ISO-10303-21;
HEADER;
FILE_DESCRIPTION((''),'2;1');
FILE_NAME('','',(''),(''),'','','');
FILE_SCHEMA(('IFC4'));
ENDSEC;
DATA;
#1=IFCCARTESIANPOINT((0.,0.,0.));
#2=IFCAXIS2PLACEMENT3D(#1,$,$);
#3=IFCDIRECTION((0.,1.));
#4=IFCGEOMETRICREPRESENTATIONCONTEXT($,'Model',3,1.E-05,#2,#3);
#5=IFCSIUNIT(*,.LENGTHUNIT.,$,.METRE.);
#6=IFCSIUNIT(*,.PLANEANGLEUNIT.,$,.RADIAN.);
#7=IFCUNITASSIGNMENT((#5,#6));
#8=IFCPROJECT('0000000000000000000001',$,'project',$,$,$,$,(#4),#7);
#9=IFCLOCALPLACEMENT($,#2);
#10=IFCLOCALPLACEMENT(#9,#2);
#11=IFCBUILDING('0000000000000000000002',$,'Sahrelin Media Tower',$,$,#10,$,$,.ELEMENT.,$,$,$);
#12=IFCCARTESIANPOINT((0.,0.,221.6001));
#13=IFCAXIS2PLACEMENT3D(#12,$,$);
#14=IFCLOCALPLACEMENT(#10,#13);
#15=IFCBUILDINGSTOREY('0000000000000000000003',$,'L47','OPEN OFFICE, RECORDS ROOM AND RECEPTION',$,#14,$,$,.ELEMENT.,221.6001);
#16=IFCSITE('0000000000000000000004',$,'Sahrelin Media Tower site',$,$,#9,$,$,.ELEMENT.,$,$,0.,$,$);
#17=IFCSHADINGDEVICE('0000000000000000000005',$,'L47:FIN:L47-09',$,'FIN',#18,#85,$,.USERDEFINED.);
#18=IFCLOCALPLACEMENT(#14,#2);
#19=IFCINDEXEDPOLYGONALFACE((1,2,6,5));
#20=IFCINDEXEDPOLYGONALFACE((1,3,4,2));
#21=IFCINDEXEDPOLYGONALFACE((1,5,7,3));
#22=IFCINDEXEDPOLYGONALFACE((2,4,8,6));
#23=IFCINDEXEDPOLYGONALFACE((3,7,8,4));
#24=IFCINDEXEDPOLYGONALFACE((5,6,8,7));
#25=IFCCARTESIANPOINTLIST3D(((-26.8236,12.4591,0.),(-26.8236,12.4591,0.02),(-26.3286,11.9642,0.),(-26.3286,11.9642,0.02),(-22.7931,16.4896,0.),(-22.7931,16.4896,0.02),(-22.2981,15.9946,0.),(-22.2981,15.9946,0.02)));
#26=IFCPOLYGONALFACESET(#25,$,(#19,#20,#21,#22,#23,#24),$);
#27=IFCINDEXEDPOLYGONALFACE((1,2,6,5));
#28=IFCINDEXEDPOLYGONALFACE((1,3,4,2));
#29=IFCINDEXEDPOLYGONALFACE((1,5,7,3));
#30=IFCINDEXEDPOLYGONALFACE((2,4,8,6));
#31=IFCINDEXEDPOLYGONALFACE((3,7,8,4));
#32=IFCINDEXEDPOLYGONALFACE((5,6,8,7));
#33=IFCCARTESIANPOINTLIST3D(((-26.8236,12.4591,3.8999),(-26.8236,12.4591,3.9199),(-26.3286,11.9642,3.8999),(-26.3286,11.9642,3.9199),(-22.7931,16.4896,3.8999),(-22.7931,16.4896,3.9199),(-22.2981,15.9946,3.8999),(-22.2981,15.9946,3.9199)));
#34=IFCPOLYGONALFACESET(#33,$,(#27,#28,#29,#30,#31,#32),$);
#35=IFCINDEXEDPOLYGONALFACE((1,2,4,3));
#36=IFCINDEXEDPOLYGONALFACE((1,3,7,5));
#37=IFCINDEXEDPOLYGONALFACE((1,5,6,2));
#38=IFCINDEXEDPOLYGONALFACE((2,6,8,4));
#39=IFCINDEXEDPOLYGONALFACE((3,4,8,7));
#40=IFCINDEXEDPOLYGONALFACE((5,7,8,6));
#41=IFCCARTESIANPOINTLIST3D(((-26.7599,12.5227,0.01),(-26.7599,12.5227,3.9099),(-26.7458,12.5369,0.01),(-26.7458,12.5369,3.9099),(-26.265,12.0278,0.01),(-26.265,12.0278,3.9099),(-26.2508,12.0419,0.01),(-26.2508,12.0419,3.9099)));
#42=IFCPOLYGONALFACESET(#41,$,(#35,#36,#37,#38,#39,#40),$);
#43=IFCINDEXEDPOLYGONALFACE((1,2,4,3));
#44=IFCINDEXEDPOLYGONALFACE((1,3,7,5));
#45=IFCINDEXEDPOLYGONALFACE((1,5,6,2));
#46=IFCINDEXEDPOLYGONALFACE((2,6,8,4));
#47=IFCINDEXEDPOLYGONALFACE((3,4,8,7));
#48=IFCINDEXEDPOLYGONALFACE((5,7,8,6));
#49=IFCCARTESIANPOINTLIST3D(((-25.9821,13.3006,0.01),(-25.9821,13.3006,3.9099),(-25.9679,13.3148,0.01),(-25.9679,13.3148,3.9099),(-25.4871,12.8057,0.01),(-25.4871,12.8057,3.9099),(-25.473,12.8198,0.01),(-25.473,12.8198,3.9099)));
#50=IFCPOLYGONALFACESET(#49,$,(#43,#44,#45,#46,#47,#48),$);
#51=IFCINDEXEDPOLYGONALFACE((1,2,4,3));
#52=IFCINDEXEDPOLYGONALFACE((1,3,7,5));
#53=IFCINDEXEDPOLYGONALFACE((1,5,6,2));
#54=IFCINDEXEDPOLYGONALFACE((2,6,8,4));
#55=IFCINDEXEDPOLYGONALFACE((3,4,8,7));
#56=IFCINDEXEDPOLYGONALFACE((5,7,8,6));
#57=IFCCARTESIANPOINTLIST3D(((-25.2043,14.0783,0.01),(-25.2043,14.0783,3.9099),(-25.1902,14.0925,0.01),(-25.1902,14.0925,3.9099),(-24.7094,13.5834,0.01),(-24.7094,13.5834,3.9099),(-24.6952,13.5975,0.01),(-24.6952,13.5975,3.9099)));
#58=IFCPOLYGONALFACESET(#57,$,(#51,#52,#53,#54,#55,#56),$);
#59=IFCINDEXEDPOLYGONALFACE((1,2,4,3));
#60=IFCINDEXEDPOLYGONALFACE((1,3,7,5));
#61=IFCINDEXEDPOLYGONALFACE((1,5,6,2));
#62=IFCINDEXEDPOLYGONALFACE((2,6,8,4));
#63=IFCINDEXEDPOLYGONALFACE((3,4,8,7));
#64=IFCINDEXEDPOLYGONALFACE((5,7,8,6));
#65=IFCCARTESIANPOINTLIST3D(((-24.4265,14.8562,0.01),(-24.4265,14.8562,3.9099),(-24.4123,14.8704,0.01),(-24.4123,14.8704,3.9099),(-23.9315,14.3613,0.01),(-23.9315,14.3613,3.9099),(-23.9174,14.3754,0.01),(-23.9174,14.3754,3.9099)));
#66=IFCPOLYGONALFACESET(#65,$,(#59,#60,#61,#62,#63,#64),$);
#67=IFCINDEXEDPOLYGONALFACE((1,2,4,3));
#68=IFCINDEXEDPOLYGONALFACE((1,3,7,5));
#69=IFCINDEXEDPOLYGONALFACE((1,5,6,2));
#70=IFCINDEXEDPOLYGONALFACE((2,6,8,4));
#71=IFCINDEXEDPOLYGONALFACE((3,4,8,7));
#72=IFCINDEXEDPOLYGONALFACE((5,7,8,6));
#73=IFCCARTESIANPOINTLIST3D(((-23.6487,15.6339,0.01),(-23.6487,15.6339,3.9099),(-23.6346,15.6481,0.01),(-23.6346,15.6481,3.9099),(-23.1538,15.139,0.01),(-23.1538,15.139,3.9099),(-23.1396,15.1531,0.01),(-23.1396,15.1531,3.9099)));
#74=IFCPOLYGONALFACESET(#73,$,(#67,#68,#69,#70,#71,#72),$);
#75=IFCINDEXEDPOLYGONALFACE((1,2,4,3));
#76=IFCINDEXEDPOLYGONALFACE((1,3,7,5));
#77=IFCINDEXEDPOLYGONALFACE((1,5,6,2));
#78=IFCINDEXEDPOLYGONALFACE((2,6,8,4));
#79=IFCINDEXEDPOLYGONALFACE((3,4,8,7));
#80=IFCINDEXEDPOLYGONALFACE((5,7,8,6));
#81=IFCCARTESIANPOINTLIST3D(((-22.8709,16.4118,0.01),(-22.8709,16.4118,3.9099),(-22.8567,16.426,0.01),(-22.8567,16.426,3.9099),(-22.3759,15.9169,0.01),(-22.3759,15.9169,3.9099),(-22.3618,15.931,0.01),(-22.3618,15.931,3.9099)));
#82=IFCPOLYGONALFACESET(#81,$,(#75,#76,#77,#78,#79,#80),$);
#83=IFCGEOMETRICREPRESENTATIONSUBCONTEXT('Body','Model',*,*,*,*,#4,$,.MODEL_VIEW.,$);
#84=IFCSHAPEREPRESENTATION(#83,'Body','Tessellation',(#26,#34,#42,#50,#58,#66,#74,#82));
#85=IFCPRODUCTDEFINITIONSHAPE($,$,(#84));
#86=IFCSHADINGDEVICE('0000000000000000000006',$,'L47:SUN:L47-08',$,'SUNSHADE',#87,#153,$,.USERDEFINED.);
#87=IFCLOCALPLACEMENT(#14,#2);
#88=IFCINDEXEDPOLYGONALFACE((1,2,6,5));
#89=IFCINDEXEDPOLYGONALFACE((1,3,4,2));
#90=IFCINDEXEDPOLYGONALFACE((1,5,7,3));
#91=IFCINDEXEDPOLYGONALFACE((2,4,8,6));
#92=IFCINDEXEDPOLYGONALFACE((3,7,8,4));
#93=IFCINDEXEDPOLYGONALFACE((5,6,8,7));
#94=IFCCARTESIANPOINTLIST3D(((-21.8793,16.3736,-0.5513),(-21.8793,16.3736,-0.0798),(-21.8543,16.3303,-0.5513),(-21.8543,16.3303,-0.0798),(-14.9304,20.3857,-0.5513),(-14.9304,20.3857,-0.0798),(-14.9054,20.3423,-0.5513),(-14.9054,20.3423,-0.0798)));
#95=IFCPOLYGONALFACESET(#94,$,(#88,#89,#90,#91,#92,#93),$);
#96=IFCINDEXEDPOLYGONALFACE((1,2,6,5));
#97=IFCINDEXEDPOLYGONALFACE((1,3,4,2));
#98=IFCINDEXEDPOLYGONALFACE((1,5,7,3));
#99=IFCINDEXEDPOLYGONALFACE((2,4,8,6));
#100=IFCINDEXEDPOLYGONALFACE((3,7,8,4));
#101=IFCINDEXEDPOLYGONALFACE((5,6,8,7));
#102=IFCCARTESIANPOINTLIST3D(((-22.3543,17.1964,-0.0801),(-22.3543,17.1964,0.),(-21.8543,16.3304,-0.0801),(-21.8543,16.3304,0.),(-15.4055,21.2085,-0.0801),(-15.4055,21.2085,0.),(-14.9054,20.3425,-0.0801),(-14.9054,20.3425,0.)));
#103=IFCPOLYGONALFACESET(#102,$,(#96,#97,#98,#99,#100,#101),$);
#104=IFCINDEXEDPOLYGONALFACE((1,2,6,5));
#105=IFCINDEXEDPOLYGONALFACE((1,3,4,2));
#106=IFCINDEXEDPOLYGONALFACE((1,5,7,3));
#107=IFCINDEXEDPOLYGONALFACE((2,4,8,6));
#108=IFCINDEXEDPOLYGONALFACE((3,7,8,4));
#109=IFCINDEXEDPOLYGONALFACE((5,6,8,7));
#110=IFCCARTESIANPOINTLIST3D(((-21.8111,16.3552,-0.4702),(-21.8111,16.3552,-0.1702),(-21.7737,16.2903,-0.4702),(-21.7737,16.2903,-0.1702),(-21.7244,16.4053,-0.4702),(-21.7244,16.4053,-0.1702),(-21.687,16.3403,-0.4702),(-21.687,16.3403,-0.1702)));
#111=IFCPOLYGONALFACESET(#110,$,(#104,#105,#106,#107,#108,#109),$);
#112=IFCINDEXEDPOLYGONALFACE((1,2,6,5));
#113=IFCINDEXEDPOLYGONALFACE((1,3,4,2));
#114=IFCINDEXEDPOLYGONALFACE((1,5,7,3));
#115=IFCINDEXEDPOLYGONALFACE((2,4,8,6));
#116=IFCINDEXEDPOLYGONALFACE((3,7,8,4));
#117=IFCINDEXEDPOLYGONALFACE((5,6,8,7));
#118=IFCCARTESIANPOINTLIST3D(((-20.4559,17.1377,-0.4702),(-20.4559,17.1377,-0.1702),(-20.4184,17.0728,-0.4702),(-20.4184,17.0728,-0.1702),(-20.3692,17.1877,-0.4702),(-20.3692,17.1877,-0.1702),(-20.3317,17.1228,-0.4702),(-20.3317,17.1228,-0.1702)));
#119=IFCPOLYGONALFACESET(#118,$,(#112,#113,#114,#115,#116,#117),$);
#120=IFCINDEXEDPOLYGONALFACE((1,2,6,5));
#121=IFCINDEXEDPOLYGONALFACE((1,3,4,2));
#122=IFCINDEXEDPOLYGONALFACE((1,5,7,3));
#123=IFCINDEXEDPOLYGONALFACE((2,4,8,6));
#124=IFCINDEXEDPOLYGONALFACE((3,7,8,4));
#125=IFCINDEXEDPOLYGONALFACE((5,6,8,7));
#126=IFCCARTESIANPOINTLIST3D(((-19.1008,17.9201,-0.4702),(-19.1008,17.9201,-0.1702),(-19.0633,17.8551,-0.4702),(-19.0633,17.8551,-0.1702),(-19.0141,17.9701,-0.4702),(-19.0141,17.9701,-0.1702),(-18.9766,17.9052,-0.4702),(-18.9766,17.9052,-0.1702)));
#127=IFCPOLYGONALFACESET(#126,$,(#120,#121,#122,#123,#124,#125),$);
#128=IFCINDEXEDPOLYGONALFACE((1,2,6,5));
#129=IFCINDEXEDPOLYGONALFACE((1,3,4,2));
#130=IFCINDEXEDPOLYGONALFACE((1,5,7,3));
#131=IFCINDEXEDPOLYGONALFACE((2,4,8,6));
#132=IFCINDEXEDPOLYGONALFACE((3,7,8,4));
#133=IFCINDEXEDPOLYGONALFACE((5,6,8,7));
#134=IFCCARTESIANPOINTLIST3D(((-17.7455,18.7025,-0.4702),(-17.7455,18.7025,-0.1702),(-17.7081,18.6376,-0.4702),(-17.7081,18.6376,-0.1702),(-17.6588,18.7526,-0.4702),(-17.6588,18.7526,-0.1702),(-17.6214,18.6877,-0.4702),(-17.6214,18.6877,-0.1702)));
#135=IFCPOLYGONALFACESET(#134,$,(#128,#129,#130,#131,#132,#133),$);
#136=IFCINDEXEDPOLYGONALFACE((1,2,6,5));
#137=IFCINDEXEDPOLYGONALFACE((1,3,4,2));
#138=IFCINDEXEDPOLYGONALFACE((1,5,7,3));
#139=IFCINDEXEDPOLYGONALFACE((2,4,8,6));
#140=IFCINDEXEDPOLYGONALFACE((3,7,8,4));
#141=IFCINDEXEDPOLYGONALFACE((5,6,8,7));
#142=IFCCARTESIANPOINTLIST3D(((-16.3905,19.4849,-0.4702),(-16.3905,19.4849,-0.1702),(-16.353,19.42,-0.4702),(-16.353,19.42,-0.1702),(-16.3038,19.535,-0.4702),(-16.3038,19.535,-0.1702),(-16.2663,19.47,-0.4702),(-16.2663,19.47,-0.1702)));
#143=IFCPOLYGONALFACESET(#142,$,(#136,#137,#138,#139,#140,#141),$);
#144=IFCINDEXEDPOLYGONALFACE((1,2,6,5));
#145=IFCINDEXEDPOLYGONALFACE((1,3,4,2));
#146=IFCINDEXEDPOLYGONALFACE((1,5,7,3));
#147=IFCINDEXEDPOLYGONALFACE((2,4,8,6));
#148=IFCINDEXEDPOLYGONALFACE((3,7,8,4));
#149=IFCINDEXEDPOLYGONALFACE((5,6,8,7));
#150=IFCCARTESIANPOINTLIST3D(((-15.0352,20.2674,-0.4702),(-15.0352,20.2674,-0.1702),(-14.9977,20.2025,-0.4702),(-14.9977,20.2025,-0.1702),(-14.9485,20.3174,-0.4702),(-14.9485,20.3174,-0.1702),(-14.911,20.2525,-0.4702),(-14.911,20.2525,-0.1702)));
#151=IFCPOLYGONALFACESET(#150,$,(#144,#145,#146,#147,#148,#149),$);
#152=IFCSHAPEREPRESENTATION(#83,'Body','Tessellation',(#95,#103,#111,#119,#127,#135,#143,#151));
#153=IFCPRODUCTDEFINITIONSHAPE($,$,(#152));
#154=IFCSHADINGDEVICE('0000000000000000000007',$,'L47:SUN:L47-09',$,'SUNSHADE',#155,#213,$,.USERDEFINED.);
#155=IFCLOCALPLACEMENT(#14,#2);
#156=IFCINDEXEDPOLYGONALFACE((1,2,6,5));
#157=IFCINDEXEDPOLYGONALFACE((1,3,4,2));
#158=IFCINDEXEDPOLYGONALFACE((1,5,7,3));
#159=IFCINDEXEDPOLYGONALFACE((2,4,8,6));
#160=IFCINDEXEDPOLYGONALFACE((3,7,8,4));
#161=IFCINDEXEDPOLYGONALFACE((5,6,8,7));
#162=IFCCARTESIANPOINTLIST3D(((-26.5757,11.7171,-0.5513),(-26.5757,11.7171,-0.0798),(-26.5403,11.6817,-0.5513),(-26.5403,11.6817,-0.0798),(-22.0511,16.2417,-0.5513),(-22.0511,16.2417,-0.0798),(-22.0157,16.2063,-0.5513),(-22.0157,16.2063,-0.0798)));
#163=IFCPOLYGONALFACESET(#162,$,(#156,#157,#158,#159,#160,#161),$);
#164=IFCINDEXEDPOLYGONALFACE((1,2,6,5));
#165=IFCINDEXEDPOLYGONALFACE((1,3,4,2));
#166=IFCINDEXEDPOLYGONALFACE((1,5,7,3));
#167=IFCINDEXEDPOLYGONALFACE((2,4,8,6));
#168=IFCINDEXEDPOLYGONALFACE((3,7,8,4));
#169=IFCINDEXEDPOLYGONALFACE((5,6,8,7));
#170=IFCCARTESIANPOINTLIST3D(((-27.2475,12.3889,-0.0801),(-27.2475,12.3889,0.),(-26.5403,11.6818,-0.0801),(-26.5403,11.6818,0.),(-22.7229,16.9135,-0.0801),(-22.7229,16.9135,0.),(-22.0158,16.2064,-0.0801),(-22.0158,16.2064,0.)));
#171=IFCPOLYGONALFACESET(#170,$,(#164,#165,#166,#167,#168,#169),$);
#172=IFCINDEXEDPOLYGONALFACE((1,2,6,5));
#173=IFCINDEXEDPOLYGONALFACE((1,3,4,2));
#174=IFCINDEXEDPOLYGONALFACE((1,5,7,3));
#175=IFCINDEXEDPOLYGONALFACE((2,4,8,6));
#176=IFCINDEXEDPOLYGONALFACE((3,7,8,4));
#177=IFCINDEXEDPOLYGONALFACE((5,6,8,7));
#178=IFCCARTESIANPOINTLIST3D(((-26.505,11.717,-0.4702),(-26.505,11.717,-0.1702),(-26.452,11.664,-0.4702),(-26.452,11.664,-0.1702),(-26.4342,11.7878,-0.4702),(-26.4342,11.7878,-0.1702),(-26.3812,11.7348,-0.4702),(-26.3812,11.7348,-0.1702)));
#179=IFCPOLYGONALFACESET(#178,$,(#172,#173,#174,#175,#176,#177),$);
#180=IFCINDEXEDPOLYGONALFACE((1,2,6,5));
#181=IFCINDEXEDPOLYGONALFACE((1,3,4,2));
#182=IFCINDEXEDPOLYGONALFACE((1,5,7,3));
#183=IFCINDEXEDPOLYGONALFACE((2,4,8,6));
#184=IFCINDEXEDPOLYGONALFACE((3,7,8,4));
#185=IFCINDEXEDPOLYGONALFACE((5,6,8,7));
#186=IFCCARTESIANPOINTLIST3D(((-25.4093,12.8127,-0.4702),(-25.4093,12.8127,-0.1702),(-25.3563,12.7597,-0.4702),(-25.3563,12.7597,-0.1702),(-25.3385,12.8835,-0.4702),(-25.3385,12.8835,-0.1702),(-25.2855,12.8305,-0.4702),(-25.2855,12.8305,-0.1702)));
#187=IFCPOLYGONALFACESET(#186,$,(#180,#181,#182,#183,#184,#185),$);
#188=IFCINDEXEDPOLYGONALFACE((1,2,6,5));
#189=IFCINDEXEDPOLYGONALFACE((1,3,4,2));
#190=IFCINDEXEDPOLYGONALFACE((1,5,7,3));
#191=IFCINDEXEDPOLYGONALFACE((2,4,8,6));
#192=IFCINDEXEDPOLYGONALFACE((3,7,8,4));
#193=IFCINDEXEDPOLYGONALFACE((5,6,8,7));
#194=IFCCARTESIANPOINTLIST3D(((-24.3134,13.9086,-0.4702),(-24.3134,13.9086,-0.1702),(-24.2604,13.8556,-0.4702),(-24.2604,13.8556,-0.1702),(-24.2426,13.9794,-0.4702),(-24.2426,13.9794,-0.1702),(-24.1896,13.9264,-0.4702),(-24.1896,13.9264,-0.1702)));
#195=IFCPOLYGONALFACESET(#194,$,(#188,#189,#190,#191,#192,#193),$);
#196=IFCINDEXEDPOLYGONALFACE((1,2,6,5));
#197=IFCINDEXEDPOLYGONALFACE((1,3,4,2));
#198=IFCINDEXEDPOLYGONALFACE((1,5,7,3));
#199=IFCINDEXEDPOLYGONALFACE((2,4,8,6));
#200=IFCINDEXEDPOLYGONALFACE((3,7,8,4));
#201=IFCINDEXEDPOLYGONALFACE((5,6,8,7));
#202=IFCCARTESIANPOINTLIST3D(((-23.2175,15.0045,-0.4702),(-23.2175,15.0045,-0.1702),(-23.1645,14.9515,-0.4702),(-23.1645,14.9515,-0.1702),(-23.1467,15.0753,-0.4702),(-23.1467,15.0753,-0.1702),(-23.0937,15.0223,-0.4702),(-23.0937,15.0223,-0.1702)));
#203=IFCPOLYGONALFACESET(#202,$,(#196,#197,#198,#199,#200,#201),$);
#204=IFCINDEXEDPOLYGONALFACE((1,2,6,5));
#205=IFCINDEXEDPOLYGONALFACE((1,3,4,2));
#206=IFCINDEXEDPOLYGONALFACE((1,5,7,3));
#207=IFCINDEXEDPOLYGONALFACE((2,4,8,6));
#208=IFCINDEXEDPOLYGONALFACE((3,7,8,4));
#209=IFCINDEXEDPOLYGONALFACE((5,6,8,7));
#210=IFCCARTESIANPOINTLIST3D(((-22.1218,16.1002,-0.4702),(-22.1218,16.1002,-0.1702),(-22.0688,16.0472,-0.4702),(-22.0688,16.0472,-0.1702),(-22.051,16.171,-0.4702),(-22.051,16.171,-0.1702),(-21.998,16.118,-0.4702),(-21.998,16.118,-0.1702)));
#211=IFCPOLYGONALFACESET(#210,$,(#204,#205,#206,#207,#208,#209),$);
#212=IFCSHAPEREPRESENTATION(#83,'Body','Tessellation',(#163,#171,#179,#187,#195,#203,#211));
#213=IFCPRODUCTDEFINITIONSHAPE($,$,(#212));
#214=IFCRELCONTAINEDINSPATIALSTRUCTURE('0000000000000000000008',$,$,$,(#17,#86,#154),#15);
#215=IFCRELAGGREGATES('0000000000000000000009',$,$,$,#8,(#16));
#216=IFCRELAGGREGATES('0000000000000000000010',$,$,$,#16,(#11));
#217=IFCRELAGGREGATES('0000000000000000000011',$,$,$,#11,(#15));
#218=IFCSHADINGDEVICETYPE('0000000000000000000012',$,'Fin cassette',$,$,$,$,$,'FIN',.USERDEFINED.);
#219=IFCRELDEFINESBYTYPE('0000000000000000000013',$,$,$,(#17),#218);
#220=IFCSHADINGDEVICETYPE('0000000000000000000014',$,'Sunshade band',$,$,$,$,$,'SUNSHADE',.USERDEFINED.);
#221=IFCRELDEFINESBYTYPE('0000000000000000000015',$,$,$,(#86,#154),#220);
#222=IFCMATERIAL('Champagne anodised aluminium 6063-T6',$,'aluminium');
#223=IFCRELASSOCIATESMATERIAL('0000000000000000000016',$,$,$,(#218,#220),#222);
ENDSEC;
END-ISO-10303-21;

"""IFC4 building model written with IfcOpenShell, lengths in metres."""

from ifc_helpers import new_model, si_unit, direction, frame, origin, origin_2d, place, context, subcontext, project, spatial, rectangle, extrude, material, type_object, element, save


model = new_model("IFC4")

# Units and contexts
model_context = context("Model", 3, precision=1e-05, world=origin(), true_north=direction((0.0, 1.0)))
body_context = subcontext(model_context, "Body", "Model", "MODEL_VIEW")
ifc_project = project(units=[si_unit("LENGTHUNIT", "METRE"), si_unit("PLANEANGLEUNIT", "RADIAN")], contexts=[model_context])

# Site, building, storey
site_placement = place(None, origin())
site = spatial("IfcSite", under=ifc_project, at=site_placement, Name="Sahrelin Media Tower site", CompositionType="ELEMENT", RefElevation=0.0)
building_placement = place(site_placement, origin())
building = spatial("IfcBuilding", under=site, at=building_placement, Name="Sahrelin Media Tower", CompositionType="ELEMENT")
storey_placement = place(building_placement, frame((0.0, 0.0, 221.6001)))
storey = spatial("IfcBuildingStorey", under=building, at=storey_placement, Name="L47", Description="OPEN OFFICE, RECORDS ROOM AND RECEPTION", CompositionType="ELEMENT", Elevation=221.6001)

# Shared definitions
ifc_material_1 = material(Name="Champagne anodised aluminium 6063-T6", Category="aluminium")

# Shading devices
shading_device_type_1 = type_object("IfcShadingDeviceType", Name="Fin cassette", ElementType="FIN", PredefinedType="USERDEFINED", material=ifc_material_1)
placement_1 = place(storey_placement, frame((-18.3699, 18.3191, 0.0), z_axis=(0.0, 0.0, 1.0), x_axis=(0.866019, 0.500011, 0.0)))
placement_2 = place(storey_placement, frame((-24.2639, 13.9299, 0.0), z_axis=(0.0, 0.0, 1.0), x_axis=(0.707107, 0.707107, 0.0)))
element("IfcShadingDevice", 1, at=placement_2, inside=storey, type_object=shading_device_type_1, Name="L47:FIN:L47-09", ObjectType="FIN", PredefinedType="USERDEFINED", context=body_context, shape_type="SweptSolid", body=[
    extrude(rectangle(XDim=5.7, YDim=0.7, at=origin_2d()), frame((0.0, 0.4199, 0.0)), (0.0, 0.0, 1.0), 0.02),
    extrude(rectangle(XDim=5.7, YDim=0.7, at=origin_2d()), frame((0.0, 0.4199, 3.8999)), (0.0, 0.0, 1.0), 0.02),
    extrude(rectangle(XDim=0.02, YDim=0.7, at=origin_2d()), frame((-2.75, 0.4199, 0.01), z_axis=(0.0, 0.0, 1.0), x_axis=(1.0, 0.0, 0.0)), (0.0, 0.0, 1.0), 3.8999),
    extrude(rectangle(XDim=0.02, YDim=0.7, at=origin_2d()), frame((-1.6499, 0.4199, 0.01), z_axis=(0.0, 0.0, 1.0), x_axis=(1.0, 0.0, 0.0)), (0.0, 0.0, 1.0), 3.8999),
    extrude(rectangle(XDim=0.02, YDim=0.7, at=origin_2d()), frame((-0.55, 0.4199, 0.01), z_axis=(0.0, 0.0, 1.0), x_axis=(1.0, 0.0, 0.0)), (0.0, 0.0, 1.0), 3.8999),
    extrude(rectangle(XDim=0.02, YDim=0.7, at=origin_2d()), frame((0.55, 0.4199, 0.01), z_axis=(0.0, 0.0, 1.0), x_axis=(1.0, 0.0, 0.0)), (0.0, 0.0, 1.0), 3.8999),
    extrude(rectangle(XDim=0.02, YDim=0.7, at=origin_2d()), frame((1.6499, 0.4199, 0.01), z_axis=(0.0, 0.0, 1.0), x_axis=(1.0, 0.0, 0.0)), (0.0, 0.0, 1.0), 3.8999),
    extrude(rectangle(XDim=0.02, YDim=0.7, at=origin_2d()), frame((2.75, 0.4199, 0.01), z_axis=(0.0, 0.0, 1.0), x_axis=(1.0, 0.0, 0.0)), (0.0, 0.0, 1.0), 3.8999),
])
shading_device_type_2 = type_object("IfcShadingDeviceType", Name="Sunshade band", ElementType="SUNSHADE", PredefinedType="USERDEFINED", material=ifc_material_1)
element("IfcShadingDevice", 2, at=placement_1, inside=storey, type_object=shading_device_type_2, Name="L47:SUN:L47-08", ObjectType="SUNSHADE", PredefinedType="USERDEFINED", context=body_context, shape_type="SweptSolid", body=[
    extrude(rectangle(XDim=8.0239, YDim=0.05, at=origin_2d()), frame((0.0, 0.0449, -0.5513)), (0.0, 0.0, 1.0), 0.4714),
    extrude(rectangle(XDim=8.0239, YDim=1.0, at=origin_2d()), frame((0.0, 0.52, -0.0801)), (0.0, 0.0, 1.0), 0.0801),
    extrude(rectangle(XDim=0.1001, YDim=0.075, at=origin_2d()), frame((-3.9121, -0.0176, -0.4702)), (0.0, 0.0, 1.0), 0.3),
    extrude(rectangle(XDim=0.1001, YDim=0.075, at=origin_2d()), frame((-2.3472, -0.0176, -0.4702)), (0.0, 0.0, 1.0), 0.3),
    extrude(rectangle(XDim=0.1001, YDim=0.075, at=origin_2d()), frame((-0.7825, -0.0176, -0.4702)), (0.0, 0.0, 1.0), 0.3),
    extrude(rectangle(XDim=0.1001, YDim=0.075, at=origin_2d()), frame((0.7825, -0.0176, -0.4702)), (0.0, 0.0, 1.0), 0.3),
    extrude(rectangle(XDim=0.1001, YDim=0.075, at=origin_2d()), frame((2.3472, -0.0176, -0.4702)), (0.0, 0.0, 1.0), 0.3),
    extrude(rectangle(XDim=0.1001, YDim=0.075, at=origin_2d()), frame((3.9121, -0.0176, -0.4702)), (0.0, 0.0, 1.0), 0.3),
])
element("IfcShadingDevice", 3, at=placement_2, inside=storey, type_object=shading_device_type_2, Name="L47:SUN:L47-09", ObjectType="SUNSHADE", PredefinedType="USERDEFINED", context=body_context, shape_type="SweptSolid", body=[
    extrude(rectangle(XDim=6.3987, YDim=0.05, at=origin_2d()), frame((0.0, 0.0449, -0.5513)), (0.0, 0.0, 1.0), 0.4714),
    extrude(rectangle(XDim=6.3987, YDim=1.0, at=origin_2d()), frame((0.0, 0.52, -0.0801)), (0.0, 0.0, 1.0), 0.0801),
    extrude(rectangle(XDim=0.1001, YDim=0.075, at=origin_2d()), frame((-3.0994, -0.0176, -0.4702)), (0.0, 0.0, 1.0), 0.3),
    extrude(rectangle(XDim=0.1001, YDim=0.075, at=origin_2d()), frame((-1.5498, -0.0176, -0.4702)), (0.0, 0.0, 1.0), 0.3),
    extrude(rectangle(XDim=0.1001, YDim=0.075, at=origin_2d()), frame((0.0, -0.0176, -0.4702)), (0.0, 0.0, 1.0), 0.3),
    extrude(rectangle(XDim=0.1001, YDim=0.075, at=origin_2d()), frame((1.5498, -0.0176, -0.4702)), (0.0, 0.0, 1.0), 0.3),
    extrude(rectangle(XDim=0.1001, YDim=0.075, at=origin_2d()), frame((3.0994, -0.0176, -0.4702)), (0.0, 0.0, 1.0), 0.3),
])

save(model, "model.ifc")
